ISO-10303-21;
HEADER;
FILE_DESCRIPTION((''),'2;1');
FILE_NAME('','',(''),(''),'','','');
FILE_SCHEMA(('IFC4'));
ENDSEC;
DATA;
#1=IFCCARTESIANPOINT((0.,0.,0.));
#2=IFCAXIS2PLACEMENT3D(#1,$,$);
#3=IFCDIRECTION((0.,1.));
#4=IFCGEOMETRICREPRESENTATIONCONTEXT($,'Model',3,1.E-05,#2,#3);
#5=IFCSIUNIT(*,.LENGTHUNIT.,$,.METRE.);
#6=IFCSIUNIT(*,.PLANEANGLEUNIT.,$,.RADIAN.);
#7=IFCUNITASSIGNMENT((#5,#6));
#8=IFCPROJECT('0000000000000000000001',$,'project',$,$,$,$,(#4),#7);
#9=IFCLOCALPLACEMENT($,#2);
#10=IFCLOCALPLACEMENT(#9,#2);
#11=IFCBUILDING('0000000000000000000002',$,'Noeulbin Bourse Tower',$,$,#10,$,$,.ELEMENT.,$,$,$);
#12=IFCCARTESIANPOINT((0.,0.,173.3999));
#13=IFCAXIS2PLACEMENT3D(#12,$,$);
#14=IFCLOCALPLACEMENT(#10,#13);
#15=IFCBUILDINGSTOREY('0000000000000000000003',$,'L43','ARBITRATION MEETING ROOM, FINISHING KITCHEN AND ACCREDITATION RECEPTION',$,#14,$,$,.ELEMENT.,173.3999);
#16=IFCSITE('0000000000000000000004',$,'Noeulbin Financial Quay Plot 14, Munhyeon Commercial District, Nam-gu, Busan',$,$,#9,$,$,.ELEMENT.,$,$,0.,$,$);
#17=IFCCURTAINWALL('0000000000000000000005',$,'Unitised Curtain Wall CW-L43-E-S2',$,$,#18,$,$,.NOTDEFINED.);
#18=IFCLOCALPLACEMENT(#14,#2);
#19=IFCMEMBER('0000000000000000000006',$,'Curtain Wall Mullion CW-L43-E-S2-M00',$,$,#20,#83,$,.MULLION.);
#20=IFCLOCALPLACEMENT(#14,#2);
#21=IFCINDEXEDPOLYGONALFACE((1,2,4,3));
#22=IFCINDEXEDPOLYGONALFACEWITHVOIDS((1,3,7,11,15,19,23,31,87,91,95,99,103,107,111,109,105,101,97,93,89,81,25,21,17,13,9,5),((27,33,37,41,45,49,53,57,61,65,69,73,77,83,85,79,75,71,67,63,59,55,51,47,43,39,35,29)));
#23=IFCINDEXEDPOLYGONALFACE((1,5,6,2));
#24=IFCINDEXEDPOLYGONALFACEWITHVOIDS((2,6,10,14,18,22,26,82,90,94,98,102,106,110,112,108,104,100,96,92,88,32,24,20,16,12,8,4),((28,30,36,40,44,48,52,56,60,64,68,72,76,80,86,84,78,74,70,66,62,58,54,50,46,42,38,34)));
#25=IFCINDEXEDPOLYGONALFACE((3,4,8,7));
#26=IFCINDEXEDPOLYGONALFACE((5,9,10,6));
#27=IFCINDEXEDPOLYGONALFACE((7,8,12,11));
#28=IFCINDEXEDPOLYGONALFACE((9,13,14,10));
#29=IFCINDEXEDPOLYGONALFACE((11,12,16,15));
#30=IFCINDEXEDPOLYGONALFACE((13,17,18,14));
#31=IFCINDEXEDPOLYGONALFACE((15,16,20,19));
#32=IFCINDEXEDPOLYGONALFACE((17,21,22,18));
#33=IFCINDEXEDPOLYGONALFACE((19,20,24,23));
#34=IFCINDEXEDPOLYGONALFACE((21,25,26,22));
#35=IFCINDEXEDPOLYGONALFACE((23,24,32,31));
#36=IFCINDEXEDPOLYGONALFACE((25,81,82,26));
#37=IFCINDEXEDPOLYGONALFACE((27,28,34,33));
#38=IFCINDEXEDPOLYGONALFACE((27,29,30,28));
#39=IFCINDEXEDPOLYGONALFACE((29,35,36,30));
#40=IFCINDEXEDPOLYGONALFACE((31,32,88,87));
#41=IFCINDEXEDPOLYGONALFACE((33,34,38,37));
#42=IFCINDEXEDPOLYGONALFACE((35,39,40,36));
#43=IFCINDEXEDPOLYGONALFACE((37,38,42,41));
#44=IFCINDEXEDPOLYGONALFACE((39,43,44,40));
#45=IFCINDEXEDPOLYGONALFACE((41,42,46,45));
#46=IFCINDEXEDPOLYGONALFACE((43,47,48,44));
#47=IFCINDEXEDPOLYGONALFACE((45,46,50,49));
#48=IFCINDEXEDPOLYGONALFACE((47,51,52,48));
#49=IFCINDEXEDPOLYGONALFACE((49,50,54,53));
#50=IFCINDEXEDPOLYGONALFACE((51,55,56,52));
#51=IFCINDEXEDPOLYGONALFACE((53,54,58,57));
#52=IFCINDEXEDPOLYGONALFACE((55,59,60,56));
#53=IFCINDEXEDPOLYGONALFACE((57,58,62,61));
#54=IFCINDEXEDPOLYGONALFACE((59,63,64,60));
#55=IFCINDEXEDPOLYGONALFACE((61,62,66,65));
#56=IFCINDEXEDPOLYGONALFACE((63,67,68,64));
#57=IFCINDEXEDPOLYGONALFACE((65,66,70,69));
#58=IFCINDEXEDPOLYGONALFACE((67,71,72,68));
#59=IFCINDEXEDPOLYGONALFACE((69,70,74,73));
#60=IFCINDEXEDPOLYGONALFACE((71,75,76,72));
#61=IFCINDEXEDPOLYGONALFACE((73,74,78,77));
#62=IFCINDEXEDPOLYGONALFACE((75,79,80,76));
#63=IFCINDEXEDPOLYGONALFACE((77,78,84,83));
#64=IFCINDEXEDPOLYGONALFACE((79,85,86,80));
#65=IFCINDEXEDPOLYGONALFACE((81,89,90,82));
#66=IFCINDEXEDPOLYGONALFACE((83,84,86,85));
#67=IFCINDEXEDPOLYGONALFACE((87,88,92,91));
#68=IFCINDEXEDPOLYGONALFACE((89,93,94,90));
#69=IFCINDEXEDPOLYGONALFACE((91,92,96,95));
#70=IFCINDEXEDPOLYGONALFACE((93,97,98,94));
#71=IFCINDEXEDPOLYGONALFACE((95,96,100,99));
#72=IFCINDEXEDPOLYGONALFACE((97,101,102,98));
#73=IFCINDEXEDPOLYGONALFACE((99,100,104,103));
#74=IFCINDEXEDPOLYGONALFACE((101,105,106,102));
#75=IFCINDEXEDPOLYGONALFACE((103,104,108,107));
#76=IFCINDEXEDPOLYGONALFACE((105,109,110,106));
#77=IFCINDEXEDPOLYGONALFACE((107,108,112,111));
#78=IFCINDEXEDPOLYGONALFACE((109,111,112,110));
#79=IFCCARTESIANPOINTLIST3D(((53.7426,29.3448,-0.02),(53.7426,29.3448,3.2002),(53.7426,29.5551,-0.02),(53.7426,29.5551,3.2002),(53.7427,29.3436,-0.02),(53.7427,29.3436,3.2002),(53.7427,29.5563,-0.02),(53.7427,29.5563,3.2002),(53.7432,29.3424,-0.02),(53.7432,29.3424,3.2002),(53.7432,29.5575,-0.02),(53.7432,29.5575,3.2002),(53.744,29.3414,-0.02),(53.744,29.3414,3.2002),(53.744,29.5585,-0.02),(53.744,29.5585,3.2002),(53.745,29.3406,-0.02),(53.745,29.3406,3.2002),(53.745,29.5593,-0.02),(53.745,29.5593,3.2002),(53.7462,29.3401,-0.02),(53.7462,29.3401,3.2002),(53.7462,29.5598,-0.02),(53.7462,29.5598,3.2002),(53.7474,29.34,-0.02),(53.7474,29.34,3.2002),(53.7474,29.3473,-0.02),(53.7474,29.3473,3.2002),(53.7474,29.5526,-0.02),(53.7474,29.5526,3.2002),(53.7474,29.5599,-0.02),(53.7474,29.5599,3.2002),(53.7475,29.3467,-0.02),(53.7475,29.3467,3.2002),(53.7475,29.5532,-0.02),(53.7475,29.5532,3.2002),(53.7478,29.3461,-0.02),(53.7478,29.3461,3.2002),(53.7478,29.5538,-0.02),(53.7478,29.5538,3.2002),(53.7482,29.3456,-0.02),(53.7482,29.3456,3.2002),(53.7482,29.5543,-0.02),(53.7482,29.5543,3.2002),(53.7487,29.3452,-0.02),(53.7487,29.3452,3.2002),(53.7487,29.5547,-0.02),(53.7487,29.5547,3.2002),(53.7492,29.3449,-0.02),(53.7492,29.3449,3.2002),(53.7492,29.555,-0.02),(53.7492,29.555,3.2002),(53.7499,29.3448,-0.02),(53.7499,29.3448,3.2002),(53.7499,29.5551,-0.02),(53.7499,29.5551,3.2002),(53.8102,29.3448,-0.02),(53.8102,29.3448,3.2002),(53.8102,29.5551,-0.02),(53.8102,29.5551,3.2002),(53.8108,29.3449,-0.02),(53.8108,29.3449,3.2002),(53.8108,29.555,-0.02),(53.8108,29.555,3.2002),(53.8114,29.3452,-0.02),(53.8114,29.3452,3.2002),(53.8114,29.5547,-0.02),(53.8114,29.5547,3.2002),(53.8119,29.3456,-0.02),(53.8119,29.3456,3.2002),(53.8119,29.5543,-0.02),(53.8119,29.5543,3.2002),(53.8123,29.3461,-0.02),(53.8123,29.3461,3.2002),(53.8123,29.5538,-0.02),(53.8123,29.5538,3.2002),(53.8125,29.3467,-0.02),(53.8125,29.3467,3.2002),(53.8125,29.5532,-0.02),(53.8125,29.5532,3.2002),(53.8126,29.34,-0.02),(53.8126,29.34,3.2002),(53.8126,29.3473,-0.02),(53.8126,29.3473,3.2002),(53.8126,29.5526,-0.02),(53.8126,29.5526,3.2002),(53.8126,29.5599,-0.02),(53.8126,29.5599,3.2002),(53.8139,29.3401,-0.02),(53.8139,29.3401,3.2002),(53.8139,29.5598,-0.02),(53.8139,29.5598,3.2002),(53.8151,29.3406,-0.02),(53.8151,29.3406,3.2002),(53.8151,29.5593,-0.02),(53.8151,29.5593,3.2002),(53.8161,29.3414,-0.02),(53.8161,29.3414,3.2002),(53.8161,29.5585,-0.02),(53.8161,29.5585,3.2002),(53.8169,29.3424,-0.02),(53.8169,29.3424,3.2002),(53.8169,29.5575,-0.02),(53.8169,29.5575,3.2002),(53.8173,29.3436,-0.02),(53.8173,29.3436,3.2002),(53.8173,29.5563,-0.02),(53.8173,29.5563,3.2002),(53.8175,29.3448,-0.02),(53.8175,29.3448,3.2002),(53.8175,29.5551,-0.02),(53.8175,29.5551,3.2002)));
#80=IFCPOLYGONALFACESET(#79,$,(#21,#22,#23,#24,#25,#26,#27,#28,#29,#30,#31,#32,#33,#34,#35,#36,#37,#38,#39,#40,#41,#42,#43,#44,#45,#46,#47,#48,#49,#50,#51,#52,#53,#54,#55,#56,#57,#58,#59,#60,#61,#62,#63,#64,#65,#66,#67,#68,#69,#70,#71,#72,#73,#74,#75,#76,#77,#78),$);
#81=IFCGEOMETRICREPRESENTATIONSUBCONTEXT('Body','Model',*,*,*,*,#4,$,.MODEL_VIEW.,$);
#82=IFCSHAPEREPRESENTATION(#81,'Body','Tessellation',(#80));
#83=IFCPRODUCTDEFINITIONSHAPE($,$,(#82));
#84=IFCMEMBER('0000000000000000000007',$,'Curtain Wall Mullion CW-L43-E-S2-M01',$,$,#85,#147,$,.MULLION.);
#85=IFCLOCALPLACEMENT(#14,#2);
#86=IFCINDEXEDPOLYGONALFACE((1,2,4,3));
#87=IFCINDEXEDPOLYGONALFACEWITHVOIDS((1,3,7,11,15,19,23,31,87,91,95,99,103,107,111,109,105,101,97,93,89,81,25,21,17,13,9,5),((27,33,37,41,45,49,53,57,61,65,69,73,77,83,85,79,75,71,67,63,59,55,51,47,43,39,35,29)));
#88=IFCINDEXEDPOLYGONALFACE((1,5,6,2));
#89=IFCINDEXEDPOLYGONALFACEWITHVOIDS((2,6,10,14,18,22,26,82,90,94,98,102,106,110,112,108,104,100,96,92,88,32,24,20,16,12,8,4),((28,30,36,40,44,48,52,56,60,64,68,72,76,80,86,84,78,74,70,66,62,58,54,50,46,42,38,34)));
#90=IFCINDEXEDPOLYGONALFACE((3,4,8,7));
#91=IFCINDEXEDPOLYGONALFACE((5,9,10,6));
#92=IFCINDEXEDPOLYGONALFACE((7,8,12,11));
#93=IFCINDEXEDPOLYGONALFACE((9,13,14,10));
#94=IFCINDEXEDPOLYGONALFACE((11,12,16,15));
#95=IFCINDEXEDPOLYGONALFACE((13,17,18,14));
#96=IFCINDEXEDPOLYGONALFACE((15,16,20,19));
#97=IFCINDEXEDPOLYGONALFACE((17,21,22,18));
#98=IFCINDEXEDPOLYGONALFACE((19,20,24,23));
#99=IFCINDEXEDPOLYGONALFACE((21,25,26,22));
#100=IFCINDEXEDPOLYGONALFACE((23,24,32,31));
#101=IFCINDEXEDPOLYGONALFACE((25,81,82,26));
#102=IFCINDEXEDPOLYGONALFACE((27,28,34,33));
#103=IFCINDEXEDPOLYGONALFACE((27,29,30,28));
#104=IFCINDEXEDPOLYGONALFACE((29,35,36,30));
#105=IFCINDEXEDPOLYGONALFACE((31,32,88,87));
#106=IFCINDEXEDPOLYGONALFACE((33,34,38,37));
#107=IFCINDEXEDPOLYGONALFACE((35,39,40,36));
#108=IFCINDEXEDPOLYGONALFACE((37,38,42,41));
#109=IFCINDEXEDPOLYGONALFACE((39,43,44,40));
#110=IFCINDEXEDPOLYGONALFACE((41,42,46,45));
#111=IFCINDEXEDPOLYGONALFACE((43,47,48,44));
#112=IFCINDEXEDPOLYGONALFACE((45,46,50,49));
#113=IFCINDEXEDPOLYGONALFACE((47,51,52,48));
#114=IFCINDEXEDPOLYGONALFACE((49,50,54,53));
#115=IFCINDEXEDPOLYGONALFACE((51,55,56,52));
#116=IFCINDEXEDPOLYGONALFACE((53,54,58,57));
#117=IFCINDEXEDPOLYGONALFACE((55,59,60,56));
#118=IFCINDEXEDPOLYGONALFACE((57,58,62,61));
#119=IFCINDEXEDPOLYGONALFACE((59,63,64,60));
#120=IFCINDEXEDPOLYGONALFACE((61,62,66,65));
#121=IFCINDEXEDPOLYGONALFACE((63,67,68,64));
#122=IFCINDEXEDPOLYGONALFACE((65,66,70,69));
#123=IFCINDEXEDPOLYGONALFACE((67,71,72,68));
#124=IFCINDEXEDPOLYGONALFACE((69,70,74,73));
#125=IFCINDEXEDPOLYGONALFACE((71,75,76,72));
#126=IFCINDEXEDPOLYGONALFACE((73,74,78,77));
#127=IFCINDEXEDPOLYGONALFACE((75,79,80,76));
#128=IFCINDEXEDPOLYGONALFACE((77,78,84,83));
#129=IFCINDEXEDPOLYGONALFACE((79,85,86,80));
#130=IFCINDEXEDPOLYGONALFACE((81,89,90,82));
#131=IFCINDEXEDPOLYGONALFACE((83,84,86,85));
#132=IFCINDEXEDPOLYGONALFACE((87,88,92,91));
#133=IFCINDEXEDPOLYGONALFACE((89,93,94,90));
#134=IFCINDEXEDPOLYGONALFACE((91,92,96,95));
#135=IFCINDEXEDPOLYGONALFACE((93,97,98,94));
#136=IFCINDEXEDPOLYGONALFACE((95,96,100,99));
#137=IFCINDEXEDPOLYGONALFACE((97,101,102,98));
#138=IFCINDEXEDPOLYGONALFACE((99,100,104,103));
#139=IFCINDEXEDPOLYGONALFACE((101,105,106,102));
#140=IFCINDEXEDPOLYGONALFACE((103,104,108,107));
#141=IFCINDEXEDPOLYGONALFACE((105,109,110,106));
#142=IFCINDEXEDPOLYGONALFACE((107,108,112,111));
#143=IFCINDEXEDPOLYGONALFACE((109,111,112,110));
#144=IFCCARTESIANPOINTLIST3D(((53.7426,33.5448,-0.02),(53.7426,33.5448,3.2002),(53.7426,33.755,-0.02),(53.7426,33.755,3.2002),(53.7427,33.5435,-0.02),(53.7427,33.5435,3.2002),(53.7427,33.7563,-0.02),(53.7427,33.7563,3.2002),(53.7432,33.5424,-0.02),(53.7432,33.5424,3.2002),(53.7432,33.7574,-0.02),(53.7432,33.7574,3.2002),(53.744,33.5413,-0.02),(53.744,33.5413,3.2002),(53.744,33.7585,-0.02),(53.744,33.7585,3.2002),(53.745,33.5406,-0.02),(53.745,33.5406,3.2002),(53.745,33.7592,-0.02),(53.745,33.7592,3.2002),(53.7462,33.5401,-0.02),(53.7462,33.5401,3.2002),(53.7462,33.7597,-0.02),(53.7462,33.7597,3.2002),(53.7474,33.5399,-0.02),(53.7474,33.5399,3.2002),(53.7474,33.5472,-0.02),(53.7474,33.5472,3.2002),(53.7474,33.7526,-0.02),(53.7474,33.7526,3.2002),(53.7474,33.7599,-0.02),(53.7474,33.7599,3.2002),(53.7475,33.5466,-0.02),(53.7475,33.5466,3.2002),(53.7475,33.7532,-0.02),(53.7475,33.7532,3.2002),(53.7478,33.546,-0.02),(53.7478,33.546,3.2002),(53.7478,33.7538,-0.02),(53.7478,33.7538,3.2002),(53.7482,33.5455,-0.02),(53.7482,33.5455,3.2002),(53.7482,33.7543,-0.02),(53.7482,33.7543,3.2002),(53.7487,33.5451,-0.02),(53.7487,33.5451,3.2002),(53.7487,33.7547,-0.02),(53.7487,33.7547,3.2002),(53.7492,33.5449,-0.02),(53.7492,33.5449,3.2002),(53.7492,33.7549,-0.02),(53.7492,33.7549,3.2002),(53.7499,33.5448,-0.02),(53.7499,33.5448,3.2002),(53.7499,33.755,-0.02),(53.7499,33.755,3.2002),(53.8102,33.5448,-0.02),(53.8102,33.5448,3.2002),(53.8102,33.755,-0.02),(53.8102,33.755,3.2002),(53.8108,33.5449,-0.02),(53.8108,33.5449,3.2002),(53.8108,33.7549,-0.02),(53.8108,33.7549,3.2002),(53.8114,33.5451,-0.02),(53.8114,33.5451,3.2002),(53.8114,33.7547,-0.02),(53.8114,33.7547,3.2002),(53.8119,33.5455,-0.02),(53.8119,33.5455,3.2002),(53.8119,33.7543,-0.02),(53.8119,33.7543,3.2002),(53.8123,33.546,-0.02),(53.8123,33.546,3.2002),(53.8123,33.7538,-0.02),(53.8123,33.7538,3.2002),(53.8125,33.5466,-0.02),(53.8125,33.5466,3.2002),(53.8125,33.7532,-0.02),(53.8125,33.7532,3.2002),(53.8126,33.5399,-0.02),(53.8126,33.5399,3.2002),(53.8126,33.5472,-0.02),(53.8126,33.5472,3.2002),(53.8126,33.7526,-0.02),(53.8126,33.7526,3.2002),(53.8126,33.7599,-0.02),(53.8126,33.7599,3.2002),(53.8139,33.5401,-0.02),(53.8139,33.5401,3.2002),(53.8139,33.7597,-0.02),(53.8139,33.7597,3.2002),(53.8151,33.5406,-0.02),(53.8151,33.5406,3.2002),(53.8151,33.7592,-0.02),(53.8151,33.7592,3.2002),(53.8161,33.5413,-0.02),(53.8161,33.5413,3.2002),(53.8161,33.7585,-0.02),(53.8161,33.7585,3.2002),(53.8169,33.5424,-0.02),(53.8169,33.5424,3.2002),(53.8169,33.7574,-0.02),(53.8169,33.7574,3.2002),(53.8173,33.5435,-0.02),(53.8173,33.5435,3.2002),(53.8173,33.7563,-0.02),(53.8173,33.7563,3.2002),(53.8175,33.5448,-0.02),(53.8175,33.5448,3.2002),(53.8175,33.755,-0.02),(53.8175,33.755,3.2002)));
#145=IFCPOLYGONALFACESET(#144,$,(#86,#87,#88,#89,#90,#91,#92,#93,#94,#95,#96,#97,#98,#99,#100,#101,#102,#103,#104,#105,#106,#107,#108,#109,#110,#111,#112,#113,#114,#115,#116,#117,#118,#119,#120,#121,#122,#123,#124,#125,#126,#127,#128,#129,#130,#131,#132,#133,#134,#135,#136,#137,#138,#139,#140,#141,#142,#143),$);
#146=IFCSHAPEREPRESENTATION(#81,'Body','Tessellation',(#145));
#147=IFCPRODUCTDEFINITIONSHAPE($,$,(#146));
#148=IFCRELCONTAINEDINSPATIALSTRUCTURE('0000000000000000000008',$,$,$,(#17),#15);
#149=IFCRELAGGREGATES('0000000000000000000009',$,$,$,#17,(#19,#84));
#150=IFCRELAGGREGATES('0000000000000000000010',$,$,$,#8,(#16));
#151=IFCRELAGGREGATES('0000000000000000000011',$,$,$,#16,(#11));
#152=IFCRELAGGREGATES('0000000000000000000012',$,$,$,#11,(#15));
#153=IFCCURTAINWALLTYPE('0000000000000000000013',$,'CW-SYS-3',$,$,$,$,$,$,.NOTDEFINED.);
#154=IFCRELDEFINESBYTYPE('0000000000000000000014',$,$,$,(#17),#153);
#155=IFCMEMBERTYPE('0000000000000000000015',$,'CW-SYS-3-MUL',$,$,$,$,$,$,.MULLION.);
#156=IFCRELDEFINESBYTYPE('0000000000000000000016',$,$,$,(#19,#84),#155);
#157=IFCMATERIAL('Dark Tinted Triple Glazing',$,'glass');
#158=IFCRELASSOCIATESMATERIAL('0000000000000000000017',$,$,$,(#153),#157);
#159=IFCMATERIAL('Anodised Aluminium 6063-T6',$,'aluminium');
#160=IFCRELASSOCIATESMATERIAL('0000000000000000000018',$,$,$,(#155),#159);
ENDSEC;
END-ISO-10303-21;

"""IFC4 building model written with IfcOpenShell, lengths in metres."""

from ifc_helpers import new_model, si_unit, direction, frame, origin, origin_2d, place, context, subcontext, project, spatial, hollow_rectangle, extrude, material, material_profile, profile_set, type_object, element, aggregate, save


model = new_model("IFC4")

# Units and contexts
model_context = context("Model", 3, precision=1e-05, world=origin(), true_north=direction((0.0, 1.0)))
body_context = subcontext(model_context, "Body", "Model", "MODEL_VIEW")
ifc_project = project(units=[si_unit("LENGTHUNIT", "METRE"), si_unit("PLANEANGLEUNIT", "RADIAN")], contexts=[model_context])

# Site, building, storey
site_placement = place(None, origin())
site = spatial("IfcSite", under=ifc_project, at=site_placement, Name="Noeulbin Financial Quay Plot 14, Munhyeon Commercial District, Nam-gu, Busan", CompositionType="ELEMENT", RefElevation=0.0)
building_placement = place(site_placement, origin())
building = spatial("IfcBuilding", under=site, at=building_placement, Name="Noeulbin Bourse Tower", CompositionType="ELEMENT")
storey_placement = place(building_placement, frame((0.0, 0.0, 173.3999)))
storey = spatial("IfcBuildingStorey", under=building, at=storey_placement, Name="L43", Description="ARBITRATION MEETING ROOM, FINISHING KITCHEN AND ACCREDITATION RECEPTION", CompositionType="ELEMENT", Elevation=173.3999)

# Curtain wall, members
ifc_material_1 = material(Name="Dark Tinted Triple Glazing", Category="glass")
curtain_wall_type = type_object("IfcCurtainWallType", Name="CW-SYS-3", PredefinedType="NOTDEFINED", material=ifc_material_1)
curtain_wall_placement = place(storey_placement, origin())
curtain_wall = element("IfcCurtainWall", 1, at=curtain_wall_placement, inside=storey, type_object=curtain_wall_type, Name="Unitised Curtain Wall CW-L43-E-S2", PredefinedType="NOTDEFINED")
ifc_material_2 = material(Name="Anodised Aluminium 6063-T6", Category="aluminium")
ifc_material_profile_1 = material_profile(ifc_material_2, hollow_rectangle(XDim=0.075, YDim=0.22, WallThickness=0.0049, InnerFilletRadius=0.0024, OuterFilletRadius=0.0049, at=origin_2d()), Name="ALU-MULL-75x220x5", Category="LoadBearing")
ifc_profile_set_1 = profile_set([ifc_material_profile_1], Name="Anodised Aluminium 6063-T6")
member_type_1 = type_object("IfcMemberType", Name="CW-SYS-3-MUL", PredefinedType="MULLION", material=ifc_profile_set_1)
member_1_placement = place(storey_placement, frame((53.78, 29.45, -0.02), z_axis=(0.0, 0.0, 1.0), x_axis=(1.0, 0.0, 0.0)))
member_1 = element("IfcMember", 2, at=member_1_placement, type_object=member_type_1, Name="Curtain Wall Mullion CW-L43-E-S2-M00", PredefinedType="MULLION", context=body_context, shape_type="SweptSolid", body=[
    extrude(hollow_rectangle(XDim=0.075, YDim=0.22, WallThickness=0.0049, InnerFilletRadius=0.0024, OuterFilletRadius=0.0049, at=origin_2d()), origin(), (0.0, 0.0, 1.0), 3.2202),
])
member_2_placement = place(storey_placement, frame((53.78, 33.6499, -0.02), z_axis=(0.0, 0.0, 1.0), x_axis=(1.0, 0.0, 0.0)))
member_2 = element("IfcMember", 3, at=member_2_placement, type_object=member_type_1, Name="Curtain Wall Mullion CW-L43-E-S2-M01", PredefinedType="MULLION", context=body_context, shape_type="SweptSolid", body=[
    extrude(hollow_rectangle(XDim=0.075, YDim=0.22, WallThickness=0.0049, InnerFilletRadius=0.0024, OuterFilletRadius=0.0049, at=origin_2d()), origin(), (0.0, 0.0, 1.0), 3.2202),
])
aggregate(curtain_wall, [member_1, member_2])

save(model, "model.ifc")
